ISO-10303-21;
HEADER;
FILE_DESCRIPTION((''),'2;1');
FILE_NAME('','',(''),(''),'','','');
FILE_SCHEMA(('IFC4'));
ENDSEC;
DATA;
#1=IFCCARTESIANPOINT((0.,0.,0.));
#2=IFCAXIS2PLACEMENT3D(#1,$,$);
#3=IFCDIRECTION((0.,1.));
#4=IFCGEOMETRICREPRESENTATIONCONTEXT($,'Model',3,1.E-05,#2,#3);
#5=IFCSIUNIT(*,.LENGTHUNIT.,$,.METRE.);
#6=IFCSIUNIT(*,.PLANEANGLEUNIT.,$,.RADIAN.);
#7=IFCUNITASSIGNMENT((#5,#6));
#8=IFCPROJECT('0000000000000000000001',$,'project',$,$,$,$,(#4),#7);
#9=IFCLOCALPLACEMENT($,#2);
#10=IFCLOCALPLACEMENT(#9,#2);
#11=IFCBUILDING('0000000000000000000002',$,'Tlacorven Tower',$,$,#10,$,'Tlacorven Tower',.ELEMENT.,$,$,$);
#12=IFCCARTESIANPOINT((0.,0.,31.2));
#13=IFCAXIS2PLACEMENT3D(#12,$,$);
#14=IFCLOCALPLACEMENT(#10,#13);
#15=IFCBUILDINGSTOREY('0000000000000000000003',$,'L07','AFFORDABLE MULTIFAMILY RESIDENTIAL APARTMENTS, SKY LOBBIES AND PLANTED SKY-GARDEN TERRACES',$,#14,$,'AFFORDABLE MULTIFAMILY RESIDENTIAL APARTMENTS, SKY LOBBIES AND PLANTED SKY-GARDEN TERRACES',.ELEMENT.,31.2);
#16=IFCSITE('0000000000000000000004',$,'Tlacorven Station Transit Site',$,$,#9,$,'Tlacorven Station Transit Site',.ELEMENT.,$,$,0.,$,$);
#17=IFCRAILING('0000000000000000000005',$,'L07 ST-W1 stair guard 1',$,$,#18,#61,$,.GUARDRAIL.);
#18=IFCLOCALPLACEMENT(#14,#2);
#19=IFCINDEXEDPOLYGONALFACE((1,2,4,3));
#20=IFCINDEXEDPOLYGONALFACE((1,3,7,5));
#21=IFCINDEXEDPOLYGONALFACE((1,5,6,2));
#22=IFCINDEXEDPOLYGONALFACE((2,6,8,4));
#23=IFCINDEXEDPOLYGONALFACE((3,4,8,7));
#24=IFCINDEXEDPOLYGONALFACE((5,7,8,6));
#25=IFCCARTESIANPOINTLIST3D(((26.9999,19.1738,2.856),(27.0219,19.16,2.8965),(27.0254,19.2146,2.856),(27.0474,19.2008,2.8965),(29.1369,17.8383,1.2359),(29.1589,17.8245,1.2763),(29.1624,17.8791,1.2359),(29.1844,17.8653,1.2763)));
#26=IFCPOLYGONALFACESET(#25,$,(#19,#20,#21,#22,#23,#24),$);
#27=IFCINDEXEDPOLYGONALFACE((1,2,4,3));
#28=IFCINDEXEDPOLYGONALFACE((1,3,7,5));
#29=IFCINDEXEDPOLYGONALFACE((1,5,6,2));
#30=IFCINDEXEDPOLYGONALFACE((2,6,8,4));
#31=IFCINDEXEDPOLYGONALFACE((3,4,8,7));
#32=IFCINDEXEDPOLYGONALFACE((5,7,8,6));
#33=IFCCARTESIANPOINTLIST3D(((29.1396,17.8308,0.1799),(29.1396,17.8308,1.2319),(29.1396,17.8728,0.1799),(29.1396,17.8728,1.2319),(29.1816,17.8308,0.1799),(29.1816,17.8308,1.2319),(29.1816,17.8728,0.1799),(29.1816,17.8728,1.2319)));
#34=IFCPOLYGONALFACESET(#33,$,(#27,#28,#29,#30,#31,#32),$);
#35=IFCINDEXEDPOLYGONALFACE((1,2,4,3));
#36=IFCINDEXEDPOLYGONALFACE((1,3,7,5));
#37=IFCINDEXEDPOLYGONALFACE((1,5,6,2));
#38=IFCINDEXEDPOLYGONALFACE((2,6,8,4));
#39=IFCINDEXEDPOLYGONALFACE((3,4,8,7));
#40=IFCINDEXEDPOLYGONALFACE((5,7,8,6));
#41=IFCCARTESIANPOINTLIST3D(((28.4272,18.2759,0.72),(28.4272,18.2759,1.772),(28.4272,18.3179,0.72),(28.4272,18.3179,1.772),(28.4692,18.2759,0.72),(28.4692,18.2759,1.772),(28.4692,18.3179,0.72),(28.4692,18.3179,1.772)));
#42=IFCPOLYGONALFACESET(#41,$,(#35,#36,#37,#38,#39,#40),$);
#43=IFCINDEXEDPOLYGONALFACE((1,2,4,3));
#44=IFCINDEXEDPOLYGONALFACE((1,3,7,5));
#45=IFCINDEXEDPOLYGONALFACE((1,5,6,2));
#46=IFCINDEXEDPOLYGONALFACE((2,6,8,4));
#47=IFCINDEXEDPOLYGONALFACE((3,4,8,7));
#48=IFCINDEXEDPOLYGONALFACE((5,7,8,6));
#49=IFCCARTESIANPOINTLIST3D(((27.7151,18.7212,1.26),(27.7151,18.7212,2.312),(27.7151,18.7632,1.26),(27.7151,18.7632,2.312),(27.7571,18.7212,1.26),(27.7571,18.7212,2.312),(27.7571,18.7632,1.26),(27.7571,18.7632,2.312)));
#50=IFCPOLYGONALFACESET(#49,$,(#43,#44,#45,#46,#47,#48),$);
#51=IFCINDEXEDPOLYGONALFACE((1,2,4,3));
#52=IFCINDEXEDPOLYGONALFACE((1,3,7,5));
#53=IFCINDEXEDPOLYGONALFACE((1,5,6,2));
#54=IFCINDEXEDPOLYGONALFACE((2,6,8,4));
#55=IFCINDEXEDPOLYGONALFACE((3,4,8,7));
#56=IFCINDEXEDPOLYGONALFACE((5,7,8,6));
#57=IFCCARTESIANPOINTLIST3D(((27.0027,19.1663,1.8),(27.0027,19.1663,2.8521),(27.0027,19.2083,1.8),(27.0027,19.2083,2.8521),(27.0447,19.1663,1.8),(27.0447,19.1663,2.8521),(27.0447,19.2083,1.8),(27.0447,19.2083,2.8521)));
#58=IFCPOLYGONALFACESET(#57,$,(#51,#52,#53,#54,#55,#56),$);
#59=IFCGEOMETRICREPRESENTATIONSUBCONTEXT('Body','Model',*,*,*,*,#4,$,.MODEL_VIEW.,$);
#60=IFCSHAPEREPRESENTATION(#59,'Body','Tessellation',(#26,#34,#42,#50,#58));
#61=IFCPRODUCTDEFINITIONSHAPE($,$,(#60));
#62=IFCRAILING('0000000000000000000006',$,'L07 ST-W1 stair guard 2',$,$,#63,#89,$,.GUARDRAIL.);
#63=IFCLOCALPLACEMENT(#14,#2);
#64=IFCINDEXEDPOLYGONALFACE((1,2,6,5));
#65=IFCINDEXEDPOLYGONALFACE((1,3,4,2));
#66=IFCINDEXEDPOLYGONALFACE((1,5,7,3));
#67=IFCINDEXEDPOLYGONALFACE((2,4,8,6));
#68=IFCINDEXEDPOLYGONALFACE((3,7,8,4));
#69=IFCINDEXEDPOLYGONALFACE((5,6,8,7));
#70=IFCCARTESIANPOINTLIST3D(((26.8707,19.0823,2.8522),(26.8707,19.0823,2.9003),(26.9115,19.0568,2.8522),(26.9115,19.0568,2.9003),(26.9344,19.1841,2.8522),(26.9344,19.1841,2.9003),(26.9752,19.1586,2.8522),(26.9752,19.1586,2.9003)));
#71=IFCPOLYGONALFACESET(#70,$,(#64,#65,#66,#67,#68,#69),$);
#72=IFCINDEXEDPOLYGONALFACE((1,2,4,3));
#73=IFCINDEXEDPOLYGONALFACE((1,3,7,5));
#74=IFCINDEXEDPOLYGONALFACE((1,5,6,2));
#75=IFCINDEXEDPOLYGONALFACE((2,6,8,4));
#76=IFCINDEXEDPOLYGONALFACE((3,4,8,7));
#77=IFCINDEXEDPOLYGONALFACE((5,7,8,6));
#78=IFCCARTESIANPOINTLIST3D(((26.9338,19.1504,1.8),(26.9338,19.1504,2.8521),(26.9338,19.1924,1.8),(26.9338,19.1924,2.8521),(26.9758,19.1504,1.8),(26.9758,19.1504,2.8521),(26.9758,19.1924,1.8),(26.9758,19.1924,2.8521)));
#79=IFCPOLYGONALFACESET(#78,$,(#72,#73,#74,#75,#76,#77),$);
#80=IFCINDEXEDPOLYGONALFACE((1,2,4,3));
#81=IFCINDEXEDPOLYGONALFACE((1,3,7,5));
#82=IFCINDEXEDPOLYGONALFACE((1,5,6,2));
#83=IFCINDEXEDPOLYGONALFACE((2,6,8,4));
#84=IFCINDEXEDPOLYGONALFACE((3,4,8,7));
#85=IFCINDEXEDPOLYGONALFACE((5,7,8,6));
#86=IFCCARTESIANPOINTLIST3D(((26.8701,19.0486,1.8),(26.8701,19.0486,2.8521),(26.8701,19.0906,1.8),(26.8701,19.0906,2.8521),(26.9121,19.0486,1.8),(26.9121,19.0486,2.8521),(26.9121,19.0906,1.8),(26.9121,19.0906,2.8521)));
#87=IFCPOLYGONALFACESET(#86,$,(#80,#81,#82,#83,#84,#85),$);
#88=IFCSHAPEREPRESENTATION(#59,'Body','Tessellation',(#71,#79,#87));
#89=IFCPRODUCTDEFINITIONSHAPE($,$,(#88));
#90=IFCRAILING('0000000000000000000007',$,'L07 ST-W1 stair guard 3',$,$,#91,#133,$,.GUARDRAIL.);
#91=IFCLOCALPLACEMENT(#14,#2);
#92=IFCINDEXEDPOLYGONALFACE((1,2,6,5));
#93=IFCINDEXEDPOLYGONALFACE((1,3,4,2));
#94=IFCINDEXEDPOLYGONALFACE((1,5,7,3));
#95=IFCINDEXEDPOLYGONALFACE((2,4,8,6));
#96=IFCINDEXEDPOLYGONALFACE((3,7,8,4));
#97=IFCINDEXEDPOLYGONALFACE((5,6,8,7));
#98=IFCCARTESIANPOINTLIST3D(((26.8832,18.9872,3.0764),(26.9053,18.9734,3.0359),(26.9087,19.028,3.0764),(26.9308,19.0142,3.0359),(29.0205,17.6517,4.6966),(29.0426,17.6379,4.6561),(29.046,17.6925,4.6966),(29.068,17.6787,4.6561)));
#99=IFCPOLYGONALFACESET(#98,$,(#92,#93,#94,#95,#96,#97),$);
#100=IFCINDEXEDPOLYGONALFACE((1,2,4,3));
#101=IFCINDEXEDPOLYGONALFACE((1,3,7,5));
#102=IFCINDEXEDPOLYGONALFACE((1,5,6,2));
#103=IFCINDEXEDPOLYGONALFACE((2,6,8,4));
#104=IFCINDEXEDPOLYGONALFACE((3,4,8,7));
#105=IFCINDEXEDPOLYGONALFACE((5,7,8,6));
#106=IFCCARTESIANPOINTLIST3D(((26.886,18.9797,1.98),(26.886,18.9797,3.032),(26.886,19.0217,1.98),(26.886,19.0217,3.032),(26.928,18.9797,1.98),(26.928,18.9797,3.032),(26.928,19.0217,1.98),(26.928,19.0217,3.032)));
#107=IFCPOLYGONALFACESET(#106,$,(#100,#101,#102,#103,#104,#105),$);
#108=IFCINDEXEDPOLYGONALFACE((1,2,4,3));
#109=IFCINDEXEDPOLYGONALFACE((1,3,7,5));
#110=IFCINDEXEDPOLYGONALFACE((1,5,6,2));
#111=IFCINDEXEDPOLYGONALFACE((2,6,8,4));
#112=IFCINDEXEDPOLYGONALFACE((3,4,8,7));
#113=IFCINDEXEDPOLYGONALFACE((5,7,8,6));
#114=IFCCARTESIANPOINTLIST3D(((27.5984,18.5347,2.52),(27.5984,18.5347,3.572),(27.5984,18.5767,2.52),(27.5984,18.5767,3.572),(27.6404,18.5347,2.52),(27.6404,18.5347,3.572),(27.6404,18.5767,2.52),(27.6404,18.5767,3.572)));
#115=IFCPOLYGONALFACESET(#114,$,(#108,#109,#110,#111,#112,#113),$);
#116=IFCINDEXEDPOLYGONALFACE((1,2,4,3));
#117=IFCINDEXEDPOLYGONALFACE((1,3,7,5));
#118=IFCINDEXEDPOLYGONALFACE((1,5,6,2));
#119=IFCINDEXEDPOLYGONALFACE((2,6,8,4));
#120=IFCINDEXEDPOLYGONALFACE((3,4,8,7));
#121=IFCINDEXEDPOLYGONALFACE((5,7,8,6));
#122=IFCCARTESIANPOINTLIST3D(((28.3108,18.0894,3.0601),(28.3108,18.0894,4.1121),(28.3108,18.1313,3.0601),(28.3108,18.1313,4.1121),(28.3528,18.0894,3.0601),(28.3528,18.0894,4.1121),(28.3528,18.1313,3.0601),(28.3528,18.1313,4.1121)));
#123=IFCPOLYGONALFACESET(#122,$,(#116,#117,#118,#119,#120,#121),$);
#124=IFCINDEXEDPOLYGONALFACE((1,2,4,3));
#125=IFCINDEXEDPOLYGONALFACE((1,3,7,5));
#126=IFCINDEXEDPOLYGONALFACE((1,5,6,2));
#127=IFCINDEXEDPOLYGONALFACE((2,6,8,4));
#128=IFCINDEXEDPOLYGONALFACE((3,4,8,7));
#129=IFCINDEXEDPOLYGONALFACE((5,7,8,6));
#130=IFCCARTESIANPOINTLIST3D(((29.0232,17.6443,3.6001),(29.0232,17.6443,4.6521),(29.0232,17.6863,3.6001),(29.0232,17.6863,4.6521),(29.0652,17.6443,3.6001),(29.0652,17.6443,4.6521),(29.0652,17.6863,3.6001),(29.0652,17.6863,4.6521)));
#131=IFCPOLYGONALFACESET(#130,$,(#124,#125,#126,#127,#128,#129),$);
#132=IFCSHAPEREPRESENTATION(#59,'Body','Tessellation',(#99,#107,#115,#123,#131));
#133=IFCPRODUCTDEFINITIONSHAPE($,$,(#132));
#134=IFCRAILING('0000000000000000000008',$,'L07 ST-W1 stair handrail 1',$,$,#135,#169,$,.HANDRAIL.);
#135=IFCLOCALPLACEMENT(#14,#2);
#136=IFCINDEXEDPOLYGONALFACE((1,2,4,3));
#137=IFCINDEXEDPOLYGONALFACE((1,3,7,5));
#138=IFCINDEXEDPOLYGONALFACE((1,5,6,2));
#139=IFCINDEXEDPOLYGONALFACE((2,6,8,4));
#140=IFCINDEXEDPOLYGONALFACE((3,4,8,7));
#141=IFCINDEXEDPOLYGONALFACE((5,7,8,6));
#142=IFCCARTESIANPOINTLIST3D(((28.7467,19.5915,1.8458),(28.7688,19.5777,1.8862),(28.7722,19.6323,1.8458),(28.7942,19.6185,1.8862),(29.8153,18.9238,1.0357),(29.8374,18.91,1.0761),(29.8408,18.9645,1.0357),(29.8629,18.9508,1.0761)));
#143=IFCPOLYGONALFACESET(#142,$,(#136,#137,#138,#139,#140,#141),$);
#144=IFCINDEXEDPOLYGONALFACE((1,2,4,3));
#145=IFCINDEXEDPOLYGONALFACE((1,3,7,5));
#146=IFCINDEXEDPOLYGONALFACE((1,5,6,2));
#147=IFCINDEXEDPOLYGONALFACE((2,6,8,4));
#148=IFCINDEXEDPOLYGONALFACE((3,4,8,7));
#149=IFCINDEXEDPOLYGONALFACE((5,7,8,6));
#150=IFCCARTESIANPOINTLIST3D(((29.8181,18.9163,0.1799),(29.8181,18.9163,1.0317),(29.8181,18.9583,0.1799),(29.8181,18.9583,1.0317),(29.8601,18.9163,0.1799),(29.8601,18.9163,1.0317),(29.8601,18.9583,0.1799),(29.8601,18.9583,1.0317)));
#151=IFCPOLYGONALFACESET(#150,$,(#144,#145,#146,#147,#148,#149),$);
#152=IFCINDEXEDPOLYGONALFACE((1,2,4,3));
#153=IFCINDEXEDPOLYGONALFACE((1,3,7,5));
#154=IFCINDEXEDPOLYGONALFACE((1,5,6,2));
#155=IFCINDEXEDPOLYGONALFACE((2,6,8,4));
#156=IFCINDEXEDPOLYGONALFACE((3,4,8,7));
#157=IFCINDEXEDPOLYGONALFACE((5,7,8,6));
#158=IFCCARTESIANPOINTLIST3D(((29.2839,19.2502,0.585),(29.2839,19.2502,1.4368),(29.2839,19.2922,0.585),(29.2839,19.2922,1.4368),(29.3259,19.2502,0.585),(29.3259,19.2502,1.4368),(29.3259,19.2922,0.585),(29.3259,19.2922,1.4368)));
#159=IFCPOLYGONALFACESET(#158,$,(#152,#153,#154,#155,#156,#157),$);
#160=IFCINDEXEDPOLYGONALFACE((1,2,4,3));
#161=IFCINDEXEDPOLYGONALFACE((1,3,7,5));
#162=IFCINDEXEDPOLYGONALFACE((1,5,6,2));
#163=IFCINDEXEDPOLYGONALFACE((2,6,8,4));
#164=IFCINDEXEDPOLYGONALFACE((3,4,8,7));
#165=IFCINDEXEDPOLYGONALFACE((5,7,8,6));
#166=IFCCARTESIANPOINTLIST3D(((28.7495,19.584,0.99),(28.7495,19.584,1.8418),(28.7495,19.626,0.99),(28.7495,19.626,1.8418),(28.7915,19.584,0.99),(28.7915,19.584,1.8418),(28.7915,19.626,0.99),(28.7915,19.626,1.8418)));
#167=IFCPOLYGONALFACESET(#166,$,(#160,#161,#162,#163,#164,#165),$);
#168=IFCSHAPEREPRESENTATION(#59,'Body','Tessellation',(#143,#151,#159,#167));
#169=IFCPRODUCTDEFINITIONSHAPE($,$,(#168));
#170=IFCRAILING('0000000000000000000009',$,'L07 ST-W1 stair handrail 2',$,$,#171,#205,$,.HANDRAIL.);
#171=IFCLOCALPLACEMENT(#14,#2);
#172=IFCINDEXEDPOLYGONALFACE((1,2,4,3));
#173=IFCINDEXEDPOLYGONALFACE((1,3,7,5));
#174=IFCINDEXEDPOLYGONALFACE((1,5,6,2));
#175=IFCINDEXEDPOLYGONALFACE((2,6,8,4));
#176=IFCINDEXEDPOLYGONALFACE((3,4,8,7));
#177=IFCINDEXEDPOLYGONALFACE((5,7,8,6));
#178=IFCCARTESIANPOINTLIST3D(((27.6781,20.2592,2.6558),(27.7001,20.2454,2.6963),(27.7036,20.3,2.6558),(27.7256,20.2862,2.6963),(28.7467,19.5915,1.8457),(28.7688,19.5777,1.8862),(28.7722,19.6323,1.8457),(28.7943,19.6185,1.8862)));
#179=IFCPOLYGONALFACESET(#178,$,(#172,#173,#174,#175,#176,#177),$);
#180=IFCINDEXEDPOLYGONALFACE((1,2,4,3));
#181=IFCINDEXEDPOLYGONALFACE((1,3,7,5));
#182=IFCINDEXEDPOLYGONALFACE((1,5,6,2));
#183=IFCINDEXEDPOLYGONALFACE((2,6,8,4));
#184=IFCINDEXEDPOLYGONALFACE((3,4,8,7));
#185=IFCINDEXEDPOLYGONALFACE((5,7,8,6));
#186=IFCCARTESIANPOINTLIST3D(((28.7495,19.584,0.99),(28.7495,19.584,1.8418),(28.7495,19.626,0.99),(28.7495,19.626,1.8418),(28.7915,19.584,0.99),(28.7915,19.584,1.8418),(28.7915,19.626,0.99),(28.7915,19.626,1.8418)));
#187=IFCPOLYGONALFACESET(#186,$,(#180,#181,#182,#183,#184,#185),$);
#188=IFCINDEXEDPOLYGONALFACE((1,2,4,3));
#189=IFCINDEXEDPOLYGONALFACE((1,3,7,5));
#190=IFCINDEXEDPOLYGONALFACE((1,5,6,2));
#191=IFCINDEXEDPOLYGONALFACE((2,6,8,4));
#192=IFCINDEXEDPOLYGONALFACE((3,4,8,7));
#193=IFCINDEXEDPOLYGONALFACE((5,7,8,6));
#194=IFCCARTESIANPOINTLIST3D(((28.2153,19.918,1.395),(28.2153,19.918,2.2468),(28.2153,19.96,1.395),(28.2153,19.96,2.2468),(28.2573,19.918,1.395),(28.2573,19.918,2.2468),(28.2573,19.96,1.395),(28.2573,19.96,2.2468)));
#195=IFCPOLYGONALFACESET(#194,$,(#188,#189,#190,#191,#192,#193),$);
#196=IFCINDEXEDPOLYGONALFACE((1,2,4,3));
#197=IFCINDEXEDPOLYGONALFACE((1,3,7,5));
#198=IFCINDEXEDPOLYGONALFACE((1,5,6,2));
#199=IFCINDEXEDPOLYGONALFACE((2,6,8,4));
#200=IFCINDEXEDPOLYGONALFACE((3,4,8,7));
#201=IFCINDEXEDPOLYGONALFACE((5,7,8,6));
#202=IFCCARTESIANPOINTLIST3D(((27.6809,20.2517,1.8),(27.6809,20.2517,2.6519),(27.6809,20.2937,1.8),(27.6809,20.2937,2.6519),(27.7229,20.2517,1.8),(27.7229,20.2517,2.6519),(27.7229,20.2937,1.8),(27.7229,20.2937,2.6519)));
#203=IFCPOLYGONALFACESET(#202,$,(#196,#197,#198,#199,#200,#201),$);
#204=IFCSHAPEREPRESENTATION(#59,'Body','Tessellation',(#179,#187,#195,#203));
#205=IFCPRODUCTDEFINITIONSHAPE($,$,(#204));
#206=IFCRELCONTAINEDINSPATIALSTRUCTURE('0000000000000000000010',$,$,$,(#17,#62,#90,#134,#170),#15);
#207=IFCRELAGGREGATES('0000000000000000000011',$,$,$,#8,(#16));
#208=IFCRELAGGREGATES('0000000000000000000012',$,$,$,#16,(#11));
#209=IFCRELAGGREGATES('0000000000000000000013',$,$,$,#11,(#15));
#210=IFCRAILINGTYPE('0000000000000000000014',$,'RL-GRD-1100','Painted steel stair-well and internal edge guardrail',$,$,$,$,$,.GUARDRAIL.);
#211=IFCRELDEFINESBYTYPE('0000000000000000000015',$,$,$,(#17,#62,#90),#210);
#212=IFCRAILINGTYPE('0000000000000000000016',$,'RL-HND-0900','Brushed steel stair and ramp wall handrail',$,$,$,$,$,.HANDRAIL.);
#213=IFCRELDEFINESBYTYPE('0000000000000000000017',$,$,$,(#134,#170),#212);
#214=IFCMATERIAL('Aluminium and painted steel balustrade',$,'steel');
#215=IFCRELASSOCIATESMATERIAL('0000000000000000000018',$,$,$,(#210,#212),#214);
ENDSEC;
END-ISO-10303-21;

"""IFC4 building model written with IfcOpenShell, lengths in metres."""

from ifc_helpers import new_model, si_unit, direction, frame, origin, origin_2d, place, context, subcontext, project, spatial, rectangle, extrude, source, transform, mapped, material, type_object, element, save


model = new_model("IFC4")

# Units and contexts
model_context = context("Model", 3, precision=1e-05, world=origin(), true_north=direction((0.0, 1.0)))
body_context = subcontext(model_context, "Body", "Model", "MODEL_VIEW")
ifc_project = project(units=[si_unit("LENGTHUNIT", "METRE"), si_unit("PLANEANGLEUNIT", "RADIAN")], contexts=[model_context])

# Site, building, storey
site_placement = place(None, origin())
site = spatial("IfcSite", under=ifc_project, at=site_placement, Name="Tlacorven Station Transit Site", LongName="Tlacorven Station Transit Site", CompositionType="ELEMENT", RefElevation=0.0)
building_placement = place(site_placement, origin())
building = spatial("IfcBuilding", under=site, at=building_placement, Name="Tlacorven Tower", LongName="Tlacorven Tower", CompositionType="ELEMENT")
storey_placement = place(building_placement, frame((0.0, 0.0, 31.2)))
storey = spatial("IfcBuildingStorey", under=building, at=storey_placement, Name="L07", Description="AFFORDABLE MULTIFAMILY RESIDENTIAL APARTMENTS, SKY LOBBIES AND PLANTED SKY-GARDEN TERRACES", LongName="AFFORDABLE MULTIFAMILY RESIDENTIAL APARTMENTS, SKY LOBBIES AND PLANTED SKY-GARDEN TERRACES", CompositionType="ELEMENT", Elevation=31.2)

# Railings
ifc_material_1 = material(Name="Aluminium and painted steel balustrade", Category="steel")
railing_type_1 = type_object("IfcRailingType", Name="RL-GRD-1100", Description="Painted steel stair-well and internal edge guardrail", PredefinedType="GUARDRAIL", material=ifc_material_1)
shared_shape_1 = source(origin(), body_context, "Body", "SweptSolid", [
    extrude(rectangle(XDim=0.0481, YDim=0.0481, at=origin_2d()), frame((0.0, 0.0, 1.0762), z_axis=(-0.71332, 0.445774, 0.540796), x_axis=(-0.529955, -0.848026, 0.0)), (0.0, 0.0, 1.0), 2.9958),
    extrude(rectangle(XDim=0.042, YDim=0.042, at=origin_2d()), origin(), (0.0, 0.0, 1.0), 1.052),
    extrude(rectangle(XDim=0.042, YDim=0.042, at=origin_2d()), frame((-0.7124, 0.4451, 0.54)), (0.0, 0.0, 1.0), 1.052),
    extrude(rectangle(XDim=0.042, YDim=0.042, at=origin_2d()), frame((-1.4246, 0.8904, 1.0801)), (0.0, 0.0, 1.0), 1.052),
    extrude(rectangle(XDim=0.042, YDim=0.042, at=origin_2d()), frame((-2.137, 1.3354, 1.6201)), (0.0, 0.0, 1.0), 1.052),
])
railing_1_placement = place(storey_placement, frame((29.1606, 17.8518, 0.1799)))
element("IfcRailing", 1, at=railing_1_placement, inside=storey, type_object=railing_type_1, Name="L07 ST-W1 stair guard 1", PredefinedType="GUARDRAIL", context=body_context, shape_type="MappedRepresentation", body=[
    mapped(shared_shape_1, transform((0.0, 0.0, 0.0), scale=1.0)),
])
shared_shape_2 = source(origin(), body_context, "Body", "SweptSolid", [
    extrude(rectangle(XDim=0.0481, YDim=0.0481, at=origin_2d()), frame((0.0, 0.0, 1.0762), z_axis=(-0.530547, -0.847656, 0.0), x_axis=(0.847656, -0.530547, 0.0)), (0.0, 0.0, 1.0), 0.1201),
    extrude(rectangle(XDim=0.042, YDim=0.042, at=origin_2d()), origin(), (0.0, 0.0, 1.0), 1.052),
    extrude(rectangle(XDim=0.042, YDim=0.042, at=origin_2d()), frame((-0.0637, -0.1018, 0.0)), (0.0, 0.0, 1.0), 1.052),
])
railing_2_placement = place(storey_placement, frame((26.9548, 19.1714, 1.8)))
element("IfcRailing", 2, at=railing_2_placement, inside=storey, type_object=railing_type_1, Name="L07 ST-W1 stair guard 2", PredefinedType="GUARDRAIL", context=body_context, shape_type="MappedRepresentation", body=[
    mapped(shared_shape_2, transform((0.0, 0.0, 0.0), scale=1.0)),
])
shared_shape_3 = source(origin(), body_context, "Body", "SweptSolid", [
    extrude(rectangle(XDim=0.0481, YDim=0.0481, at=origin_2d()), frame((0.0, 0.0, 1.0762), z_axis=(0.71336, -0.445748, 0.540765), x_axis=(0.529912, 0.848053, 0.0)), (0.0, 0.0, 1.0), 2.9961),
    extrude(rectangle(XDim=0.042, YDim=0.042, at=origin_2d()), origin(), (0.0, 0.0, 1.0), 1.052),
    extrude(rectangle(XDim=0.042, YDim=0.042, at=origin_2d()), frame((0.7124, -0.4451, 0.54)), (0.0, 0.0, 1.0), 1.052),
    extrude(rectangle(XDim=0.042, YDim=0.042, at=origin_2d()), frame((1.4248, -0.8904, 1.0801)), (0.0, 0.0, 1.0), 1.052),
    extrude(rectangle(XDim=0.042, YDim=0.042, at=origin_2d()), frame((2.1372, -1.3354, 1.6201)), (0.0, 0.0, 1.0), 1.052),
])
railing_3_placement = place(storey_placement, frame((26.907, 19.0007, 1.98)))
element("IfcRailing", 3, at=railing_3_placement, inside=storey, type_object=railing_type_1, Name="L07 ST-W1 stair guard 3", PredefinedType="GUARDRAIL", context=body_context, shape_type="MappedRepresentation", body=[
    mapped(shared_shape_3, transform((0.0, 0.0, 0.0), scale=1.0)),
])
railing_type_2 = type_object("IfcRailingType", Name="RL-HND-0900", Description="Brushed steel stair and ramp wall handrail", PredefinedType="HANDRAIL", material=ifc_material_1)
shared_shape_4 = source(origin(), body_context, "Body", "SweptSolid", [
    extrude(rectangle(XDim=0.0481, YDim=0.0481, at=origin_2d()), frame((0.0, 0.0, 0.876), z_axis=(-0.71336, 0.445748, 0.540765), x_axis=(-0.529912, -0.848053, 0.0)), (0.0, 0.0, 1.0), 1.498),
    extrude(rectangle(XDim=0.042, YDim=0.042, at=origin_2d()), origin(), (0.0, 0.0, 1.0), 0.8518),
    extrude(rectangle(XDim=0.042, YDim=0.042, at=origin_2d()), frame((-0.5342, 0.334, 0.405)), (0.0, 0.0, 1.0), 0.8518),
    extrude(rectangle(XDim=0.042, YDim=0.042, at=origin_2d()), frame((-1.0686, 0.6677, 0.8101)), (0.0, 0.0, 1.0), 0.8518),
])
for number, where, name in (
    (4, (29.8391, 18.9373, 0.1799), "L07 ST-W1 stair handrail 1"),
    (5, (28.7705, 19.605, 0.99), "L07 ST-W1 stair handrail 2"),
):
    element("IfcRailing", number, at=place(storey_placement, frame(where)), inside=storey, type_object=railing_type_2, Name=name, PredefinedType="HANDRAIL", context=body_context, shape_type="MappedRepresentation", body=[
        mapped(shared_shape_4, transform((0.0, 0.0, 0.0), scale=1.0)),
    ])

save(model, "model.ifc")
